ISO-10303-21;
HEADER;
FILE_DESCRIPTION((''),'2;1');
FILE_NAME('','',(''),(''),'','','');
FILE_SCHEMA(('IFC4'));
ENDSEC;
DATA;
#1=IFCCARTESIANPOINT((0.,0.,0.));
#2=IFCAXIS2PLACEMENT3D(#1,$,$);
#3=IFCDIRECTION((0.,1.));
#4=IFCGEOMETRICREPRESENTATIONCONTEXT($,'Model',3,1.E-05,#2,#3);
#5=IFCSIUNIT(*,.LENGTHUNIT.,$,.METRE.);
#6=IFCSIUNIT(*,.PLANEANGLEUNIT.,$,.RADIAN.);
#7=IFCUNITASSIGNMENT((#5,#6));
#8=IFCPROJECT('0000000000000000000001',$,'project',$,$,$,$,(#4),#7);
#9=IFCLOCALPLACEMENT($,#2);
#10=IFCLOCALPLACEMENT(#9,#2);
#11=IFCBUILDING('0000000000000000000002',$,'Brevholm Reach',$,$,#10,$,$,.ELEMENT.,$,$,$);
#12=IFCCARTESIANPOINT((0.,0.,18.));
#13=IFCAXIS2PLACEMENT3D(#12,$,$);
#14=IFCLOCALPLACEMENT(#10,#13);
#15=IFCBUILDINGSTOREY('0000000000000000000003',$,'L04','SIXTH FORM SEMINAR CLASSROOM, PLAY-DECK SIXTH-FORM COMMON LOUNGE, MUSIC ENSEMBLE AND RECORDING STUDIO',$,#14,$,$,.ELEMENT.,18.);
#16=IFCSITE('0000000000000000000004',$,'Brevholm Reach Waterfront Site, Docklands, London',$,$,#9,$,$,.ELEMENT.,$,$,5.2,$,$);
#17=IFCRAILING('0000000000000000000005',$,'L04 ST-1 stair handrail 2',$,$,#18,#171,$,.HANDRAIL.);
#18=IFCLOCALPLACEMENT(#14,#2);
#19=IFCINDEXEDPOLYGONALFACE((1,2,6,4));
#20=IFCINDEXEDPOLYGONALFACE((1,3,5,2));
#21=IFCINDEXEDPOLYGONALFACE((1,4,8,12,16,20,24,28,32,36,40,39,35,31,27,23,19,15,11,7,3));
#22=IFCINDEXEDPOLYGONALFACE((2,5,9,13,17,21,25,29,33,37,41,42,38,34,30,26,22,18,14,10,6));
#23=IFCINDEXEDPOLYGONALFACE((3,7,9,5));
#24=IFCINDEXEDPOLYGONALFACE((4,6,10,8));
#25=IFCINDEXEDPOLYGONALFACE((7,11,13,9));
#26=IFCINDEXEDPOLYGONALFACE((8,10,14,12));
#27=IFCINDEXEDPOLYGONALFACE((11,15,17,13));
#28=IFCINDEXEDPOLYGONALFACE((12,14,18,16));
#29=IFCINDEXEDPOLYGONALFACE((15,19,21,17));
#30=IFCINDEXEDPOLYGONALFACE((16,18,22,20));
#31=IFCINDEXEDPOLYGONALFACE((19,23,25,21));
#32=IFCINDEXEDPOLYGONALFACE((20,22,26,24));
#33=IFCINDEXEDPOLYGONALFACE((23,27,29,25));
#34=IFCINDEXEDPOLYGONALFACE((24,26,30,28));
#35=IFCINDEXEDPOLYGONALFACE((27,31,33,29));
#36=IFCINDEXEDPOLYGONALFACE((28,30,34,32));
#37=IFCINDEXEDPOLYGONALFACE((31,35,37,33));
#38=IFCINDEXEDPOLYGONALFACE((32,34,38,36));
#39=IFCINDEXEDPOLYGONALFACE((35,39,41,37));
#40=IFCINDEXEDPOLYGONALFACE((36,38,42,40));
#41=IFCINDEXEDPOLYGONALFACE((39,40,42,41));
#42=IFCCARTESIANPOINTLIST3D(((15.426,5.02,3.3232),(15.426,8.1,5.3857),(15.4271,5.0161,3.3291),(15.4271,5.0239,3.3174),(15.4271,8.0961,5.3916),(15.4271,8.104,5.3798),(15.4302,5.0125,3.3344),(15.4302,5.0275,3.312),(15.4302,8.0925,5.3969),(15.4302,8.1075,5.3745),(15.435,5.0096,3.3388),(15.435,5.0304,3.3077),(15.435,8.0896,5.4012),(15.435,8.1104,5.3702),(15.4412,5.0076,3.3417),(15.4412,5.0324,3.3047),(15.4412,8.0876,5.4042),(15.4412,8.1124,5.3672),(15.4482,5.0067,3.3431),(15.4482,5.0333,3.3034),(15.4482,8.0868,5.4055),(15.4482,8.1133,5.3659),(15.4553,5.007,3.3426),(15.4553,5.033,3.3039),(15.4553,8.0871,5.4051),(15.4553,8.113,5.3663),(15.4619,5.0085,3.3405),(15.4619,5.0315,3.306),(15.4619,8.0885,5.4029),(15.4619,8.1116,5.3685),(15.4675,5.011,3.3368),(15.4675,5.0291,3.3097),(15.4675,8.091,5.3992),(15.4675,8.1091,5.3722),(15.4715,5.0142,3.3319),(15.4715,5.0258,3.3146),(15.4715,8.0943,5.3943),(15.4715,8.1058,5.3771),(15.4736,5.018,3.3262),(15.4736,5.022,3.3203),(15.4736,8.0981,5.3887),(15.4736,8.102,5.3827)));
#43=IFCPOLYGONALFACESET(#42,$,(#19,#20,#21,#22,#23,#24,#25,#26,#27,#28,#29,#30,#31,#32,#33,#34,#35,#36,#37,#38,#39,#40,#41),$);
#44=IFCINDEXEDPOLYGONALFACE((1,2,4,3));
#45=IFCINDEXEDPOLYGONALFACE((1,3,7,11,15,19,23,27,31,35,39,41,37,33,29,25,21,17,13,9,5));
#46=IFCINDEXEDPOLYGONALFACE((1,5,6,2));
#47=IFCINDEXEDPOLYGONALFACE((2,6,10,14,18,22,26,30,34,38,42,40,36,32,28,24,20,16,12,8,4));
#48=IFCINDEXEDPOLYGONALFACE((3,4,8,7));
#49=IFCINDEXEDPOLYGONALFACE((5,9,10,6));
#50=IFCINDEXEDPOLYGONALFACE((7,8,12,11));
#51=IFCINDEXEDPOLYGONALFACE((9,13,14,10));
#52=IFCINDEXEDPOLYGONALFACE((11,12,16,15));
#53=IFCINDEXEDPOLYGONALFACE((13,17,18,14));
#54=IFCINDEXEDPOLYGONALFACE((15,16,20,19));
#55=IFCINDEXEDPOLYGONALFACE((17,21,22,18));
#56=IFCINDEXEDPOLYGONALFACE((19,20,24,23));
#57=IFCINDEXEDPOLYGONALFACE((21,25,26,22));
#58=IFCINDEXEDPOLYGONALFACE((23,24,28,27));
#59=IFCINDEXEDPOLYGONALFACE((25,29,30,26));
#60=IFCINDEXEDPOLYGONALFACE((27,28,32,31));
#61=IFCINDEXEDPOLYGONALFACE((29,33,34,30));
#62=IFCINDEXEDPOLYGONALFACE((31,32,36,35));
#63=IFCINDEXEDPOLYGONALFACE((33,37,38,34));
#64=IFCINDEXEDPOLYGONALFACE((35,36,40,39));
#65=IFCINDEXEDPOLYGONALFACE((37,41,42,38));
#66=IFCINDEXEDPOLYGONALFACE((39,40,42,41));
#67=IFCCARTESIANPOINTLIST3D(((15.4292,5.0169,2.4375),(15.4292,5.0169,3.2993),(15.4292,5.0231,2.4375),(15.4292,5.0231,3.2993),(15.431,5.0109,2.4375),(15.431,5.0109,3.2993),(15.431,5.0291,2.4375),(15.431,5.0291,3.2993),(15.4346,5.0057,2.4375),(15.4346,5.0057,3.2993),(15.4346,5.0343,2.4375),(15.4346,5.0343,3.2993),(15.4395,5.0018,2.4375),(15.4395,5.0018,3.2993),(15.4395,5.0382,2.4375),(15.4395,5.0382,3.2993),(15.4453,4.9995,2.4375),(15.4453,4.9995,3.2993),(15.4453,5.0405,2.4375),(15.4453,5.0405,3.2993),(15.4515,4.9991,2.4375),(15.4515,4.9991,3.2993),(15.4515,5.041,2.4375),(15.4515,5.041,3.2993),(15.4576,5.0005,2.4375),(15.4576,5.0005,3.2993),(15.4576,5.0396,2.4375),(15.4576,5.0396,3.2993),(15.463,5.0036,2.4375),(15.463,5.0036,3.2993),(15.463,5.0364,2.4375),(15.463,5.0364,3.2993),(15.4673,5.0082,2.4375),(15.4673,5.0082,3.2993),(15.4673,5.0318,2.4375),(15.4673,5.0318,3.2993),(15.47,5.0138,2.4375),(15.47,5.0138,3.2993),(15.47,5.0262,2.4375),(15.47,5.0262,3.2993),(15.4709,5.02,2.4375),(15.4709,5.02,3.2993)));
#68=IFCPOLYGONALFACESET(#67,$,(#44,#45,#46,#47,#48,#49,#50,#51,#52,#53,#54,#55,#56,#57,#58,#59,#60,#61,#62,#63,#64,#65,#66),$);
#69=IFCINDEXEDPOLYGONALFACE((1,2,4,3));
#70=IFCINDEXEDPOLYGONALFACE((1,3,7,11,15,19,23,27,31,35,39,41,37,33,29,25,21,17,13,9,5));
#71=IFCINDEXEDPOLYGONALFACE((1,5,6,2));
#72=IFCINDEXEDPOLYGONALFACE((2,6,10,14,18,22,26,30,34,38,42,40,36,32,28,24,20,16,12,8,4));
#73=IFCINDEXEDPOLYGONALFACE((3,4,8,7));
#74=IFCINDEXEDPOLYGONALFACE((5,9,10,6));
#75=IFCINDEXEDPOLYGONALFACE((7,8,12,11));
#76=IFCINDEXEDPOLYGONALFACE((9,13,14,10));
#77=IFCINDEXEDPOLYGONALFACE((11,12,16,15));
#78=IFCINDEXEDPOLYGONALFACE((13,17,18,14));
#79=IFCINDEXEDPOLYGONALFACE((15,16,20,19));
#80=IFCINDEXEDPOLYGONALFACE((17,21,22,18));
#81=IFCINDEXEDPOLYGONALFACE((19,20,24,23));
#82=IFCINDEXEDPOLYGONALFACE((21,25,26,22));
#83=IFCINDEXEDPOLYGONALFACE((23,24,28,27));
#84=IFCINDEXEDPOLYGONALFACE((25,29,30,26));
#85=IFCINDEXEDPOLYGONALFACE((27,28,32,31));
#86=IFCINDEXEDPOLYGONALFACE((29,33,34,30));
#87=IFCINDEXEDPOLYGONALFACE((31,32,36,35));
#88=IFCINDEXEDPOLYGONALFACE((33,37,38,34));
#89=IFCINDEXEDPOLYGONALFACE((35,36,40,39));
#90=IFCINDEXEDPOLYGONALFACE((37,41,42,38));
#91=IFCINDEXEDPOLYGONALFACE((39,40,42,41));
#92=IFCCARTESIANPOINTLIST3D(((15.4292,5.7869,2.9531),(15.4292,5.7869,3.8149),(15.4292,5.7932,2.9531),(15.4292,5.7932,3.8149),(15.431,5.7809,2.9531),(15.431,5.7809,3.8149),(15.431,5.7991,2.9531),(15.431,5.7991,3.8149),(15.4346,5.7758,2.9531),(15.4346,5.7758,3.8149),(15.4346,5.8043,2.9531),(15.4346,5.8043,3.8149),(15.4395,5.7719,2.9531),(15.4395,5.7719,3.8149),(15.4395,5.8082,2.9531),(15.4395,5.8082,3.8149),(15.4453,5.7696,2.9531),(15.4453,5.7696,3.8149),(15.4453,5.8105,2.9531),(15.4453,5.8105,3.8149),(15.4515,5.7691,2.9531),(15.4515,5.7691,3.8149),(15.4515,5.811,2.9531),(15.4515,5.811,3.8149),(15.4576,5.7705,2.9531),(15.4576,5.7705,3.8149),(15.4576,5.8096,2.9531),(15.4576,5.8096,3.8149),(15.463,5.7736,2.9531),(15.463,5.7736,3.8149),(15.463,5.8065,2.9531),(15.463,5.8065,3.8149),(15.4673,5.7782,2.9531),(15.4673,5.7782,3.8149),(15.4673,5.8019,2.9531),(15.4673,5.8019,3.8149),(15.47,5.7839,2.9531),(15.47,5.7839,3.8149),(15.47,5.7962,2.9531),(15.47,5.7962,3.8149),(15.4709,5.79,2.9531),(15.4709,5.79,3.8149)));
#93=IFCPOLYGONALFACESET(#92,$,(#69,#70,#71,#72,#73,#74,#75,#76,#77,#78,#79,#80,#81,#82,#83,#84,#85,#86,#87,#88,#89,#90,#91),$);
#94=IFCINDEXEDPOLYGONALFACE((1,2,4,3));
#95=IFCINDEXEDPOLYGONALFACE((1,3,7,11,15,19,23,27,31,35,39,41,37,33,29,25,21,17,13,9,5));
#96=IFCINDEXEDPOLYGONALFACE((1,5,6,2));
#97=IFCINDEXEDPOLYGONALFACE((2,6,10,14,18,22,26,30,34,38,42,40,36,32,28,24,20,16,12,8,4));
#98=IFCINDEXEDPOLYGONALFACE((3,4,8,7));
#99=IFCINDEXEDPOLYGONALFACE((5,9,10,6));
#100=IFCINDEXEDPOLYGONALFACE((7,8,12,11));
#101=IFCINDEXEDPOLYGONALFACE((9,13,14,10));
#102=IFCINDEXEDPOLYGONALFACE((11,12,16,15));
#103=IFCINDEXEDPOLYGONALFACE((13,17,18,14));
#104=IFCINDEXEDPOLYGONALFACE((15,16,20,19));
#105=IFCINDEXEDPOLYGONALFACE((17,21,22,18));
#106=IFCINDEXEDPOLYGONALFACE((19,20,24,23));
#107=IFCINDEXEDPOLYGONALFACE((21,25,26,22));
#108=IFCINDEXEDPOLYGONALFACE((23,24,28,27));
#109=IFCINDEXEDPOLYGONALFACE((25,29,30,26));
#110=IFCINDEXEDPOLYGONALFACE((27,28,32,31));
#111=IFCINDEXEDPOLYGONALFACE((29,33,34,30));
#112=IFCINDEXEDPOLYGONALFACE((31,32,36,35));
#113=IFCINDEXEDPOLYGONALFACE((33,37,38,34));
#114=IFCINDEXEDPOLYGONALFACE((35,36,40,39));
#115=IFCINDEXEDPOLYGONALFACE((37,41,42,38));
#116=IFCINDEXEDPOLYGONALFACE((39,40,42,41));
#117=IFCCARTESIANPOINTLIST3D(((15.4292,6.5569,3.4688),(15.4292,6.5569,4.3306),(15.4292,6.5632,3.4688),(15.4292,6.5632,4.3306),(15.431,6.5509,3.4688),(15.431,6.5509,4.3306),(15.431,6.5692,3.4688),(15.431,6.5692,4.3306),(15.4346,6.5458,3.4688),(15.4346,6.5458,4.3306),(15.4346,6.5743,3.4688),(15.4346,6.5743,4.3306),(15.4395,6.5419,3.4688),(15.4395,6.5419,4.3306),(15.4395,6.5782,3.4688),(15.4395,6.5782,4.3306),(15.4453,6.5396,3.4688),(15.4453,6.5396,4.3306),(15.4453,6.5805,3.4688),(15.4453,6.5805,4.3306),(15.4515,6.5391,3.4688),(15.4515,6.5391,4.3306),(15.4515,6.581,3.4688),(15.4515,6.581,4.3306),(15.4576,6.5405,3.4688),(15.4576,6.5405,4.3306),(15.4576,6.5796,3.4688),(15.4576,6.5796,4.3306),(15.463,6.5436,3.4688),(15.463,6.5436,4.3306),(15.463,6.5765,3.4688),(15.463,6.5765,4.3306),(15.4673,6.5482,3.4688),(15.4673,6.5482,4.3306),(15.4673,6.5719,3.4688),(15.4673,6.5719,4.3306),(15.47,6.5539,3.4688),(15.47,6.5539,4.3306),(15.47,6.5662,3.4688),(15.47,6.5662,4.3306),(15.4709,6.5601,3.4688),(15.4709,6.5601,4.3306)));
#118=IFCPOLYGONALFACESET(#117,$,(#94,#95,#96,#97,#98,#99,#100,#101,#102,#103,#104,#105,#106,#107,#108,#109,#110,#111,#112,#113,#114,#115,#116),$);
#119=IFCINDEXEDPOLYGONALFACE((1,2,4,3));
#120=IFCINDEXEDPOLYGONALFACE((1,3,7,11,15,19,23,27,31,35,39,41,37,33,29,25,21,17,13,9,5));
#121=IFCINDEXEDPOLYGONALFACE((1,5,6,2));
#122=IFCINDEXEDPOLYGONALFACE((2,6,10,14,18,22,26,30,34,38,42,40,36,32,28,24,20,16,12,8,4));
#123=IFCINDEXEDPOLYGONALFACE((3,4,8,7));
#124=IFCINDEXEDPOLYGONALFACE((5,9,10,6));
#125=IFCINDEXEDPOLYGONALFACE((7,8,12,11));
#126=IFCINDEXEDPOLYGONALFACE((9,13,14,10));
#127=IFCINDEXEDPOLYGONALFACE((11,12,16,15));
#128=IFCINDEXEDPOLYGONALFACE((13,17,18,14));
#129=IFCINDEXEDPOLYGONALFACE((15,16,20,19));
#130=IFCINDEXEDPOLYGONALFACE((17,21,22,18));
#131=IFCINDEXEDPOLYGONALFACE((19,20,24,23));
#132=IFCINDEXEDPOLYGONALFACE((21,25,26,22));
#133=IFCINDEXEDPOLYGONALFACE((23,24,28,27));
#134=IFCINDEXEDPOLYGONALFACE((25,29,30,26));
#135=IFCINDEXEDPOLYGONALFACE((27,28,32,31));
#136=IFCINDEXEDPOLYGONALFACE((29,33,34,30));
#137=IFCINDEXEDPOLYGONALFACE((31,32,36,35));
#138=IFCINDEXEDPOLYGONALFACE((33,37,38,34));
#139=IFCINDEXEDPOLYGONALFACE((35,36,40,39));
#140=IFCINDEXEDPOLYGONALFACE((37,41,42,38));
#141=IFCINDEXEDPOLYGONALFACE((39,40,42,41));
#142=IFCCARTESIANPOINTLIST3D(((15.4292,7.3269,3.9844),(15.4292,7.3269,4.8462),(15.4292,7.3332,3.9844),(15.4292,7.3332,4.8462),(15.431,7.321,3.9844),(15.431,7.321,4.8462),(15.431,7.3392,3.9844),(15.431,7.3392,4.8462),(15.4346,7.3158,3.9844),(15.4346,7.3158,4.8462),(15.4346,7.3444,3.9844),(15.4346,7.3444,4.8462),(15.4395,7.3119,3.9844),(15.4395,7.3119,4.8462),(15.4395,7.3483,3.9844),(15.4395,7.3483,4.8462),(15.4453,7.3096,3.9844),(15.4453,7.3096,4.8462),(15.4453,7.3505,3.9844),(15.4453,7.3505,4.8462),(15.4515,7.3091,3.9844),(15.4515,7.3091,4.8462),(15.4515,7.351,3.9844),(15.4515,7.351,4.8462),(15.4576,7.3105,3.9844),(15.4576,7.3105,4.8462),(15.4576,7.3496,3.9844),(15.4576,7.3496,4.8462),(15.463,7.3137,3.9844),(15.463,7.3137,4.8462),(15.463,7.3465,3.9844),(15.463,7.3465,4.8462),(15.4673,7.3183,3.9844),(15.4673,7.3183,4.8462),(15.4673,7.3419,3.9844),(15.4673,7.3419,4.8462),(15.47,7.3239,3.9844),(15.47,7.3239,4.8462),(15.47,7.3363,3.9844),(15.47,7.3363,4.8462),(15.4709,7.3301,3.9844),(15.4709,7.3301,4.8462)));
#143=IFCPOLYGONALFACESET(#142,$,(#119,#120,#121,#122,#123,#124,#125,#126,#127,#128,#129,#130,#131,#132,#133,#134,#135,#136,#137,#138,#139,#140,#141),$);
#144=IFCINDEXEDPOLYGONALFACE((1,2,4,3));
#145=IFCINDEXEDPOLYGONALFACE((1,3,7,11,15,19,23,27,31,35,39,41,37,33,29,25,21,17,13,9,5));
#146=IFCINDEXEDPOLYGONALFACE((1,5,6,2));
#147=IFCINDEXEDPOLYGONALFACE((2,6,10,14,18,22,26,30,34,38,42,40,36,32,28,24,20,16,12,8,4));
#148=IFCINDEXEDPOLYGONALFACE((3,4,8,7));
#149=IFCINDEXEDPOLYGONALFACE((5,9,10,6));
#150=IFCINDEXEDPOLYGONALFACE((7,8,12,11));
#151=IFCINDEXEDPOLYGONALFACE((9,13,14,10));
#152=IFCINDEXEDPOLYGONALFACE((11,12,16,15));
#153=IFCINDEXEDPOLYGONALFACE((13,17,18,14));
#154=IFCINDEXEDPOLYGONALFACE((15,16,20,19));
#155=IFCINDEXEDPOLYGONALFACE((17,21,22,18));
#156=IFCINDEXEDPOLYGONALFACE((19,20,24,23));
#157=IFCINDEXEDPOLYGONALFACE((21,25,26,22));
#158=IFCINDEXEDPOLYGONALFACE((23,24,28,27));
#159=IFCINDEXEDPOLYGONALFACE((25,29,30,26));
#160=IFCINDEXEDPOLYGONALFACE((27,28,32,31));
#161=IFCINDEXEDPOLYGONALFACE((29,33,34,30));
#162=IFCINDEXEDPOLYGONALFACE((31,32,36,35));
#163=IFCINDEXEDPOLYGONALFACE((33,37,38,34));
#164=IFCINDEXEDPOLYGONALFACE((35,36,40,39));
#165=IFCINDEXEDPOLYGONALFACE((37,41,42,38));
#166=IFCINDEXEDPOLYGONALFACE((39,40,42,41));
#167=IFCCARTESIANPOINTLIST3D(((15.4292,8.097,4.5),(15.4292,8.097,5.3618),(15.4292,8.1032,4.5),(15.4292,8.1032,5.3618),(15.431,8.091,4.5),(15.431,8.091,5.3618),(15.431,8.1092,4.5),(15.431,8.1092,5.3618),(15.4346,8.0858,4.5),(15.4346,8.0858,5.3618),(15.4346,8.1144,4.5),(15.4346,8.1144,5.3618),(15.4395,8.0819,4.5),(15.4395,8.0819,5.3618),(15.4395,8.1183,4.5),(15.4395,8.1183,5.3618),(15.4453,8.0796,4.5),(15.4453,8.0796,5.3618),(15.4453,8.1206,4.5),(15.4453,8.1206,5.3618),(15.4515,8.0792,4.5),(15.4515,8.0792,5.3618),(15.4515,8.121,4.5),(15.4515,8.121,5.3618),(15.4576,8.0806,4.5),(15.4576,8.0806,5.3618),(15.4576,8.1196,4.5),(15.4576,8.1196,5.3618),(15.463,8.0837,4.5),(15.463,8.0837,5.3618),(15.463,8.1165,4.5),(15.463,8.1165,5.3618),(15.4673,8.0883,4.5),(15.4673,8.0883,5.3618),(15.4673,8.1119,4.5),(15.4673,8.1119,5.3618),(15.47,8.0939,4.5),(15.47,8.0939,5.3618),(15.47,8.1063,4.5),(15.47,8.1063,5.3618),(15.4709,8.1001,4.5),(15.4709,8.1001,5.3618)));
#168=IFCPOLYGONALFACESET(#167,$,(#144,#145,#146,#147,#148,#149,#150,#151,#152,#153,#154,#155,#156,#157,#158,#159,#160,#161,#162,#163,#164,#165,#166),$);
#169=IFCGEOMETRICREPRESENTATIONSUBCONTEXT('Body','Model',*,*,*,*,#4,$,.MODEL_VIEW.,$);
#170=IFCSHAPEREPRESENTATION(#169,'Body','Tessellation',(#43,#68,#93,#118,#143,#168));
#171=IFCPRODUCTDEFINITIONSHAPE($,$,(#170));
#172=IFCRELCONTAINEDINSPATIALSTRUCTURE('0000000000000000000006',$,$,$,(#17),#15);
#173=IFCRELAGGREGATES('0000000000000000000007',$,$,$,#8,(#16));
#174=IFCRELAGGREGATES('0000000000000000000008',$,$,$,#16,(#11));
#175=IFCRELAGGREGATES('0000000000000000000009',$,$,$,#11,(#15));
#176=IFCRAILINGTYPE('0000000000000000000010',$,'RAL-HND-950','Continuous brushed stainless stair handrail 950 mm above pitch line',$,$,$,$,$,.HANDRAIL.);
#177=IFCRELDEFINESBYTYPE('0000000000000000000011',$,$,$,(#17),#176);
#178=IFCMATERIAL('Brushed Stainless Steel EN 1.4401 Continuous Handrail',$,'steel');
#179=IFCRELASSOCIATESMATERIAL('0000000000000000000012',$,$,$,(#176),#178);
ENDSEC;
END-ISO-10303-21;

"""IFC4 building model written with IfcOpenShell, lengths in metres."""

from ifc_helpers import new_model, si_unit, direction, frame, origin, origin_2d, place, context, subcontext, project, spatial, circle, extrude, material, type_object, element, save


model = new_model("IFC4")

# Units and contexts
model_context = context("Model", 3, precision=1e-05, world=origin(), true_north=direction((0.0, 1.0)))
body_context = subcontext(model_context, "Body", "Model", "MODEL_VIEW")
ifc_project = project(units=[si_unit("LENGTHUNIT", "METRE"), si_unit("PLANEANGLEUNIT", "RADIAN")], contexts=[model_context])

# Site, building, storey
site_placement = place(None, origin())
site = spatial("IfcSite", under=ifc_project, at=site_placement, Name="Brevholm Reach Waterfront Site, Docklands, London", CompositionType="ELEMENT", RefElevation=5.2)
building_placement = place(site_placement, origin())
building = spatial("IfcBuilding", under=site, at=building_placement, Name="Brevholm Reach", CompositionType="ELEMENT")
storey_placement = place(building_placement, frame((0.0, 0.0, 18.0)))
storey = spatial("IfcBuildingStorey", under=building, at=storey_placement, Name="L04", Description="SIXTH FORM SEMINAR CLASSROOM, PLAY-DECK SIXTH-FORM COMMON LOUNGE, MUSIC ENSEMBLE AND RECORDING STUDIO", CompositionType="ELEMENT", Elevation=18.0)

# Railing
ifc_material_1 = material(Name="Brushed Stainless Steel EN 1.4401 Continuous Handrail", Category="steel")
railing_type_1 = type_object("IfcRailingType", Name="RAL-HND-950", Description="Continuous brushed stainless stair handrail 950 mm above pitch line", PredefinedType="HANDRAIL", material=ifc_material_1)
railing_1_placement = place(storey_placement, frame((15.45, 5.02, 2.4375)))
element("IfcRailing", 1, at=railing_1_placement, inside=storey, type_object=railing_type_1, Name="L04 ST-1 stair handrail 2", PredefinedType="HANDRAIL", context=body_context, shape_type="SweptSolid", body=[
    extrude(circle(Radius=0.0239, at=origin_2d()), frame((0.0, 0.0, 0.8857), z_axis=(0.0, 0.830914, 0.556401), x_axis=(-1.0, 0.0, 0.0)), (0.0, 0.0, 1.0), 3.7068),
    extrude(circle(Radius=0.021, at=origin_2d()), origin(), (0.0, 0.0, 1.0), 0.8618),
    extrude(circle(Radius=0.021, at=origin_2d()), frame((0.0, 0.77, 0.5156)), (0.0, 0.0, 1.0), 0.8618),
    extrude(circle(Radius=0.021, at=origin_2d()), frame((0.0, 1.54, 1.0312)), (0.0, 0.0, 1.0), 0.8618),
    extrude(circle(Radius=0.021, at=origin_2d()), frame((0.0, 2.3101, 1.5469)), (0.0, 0.0, 1.0), 0.8618),
    extrude(circle(Radius=0.021, at=origin_2d()), frame((0.0, 3.0801, 2.0625)), (0.0, 0.0, 1.0), 0.8618),
])

save(model, "model.ifc")
